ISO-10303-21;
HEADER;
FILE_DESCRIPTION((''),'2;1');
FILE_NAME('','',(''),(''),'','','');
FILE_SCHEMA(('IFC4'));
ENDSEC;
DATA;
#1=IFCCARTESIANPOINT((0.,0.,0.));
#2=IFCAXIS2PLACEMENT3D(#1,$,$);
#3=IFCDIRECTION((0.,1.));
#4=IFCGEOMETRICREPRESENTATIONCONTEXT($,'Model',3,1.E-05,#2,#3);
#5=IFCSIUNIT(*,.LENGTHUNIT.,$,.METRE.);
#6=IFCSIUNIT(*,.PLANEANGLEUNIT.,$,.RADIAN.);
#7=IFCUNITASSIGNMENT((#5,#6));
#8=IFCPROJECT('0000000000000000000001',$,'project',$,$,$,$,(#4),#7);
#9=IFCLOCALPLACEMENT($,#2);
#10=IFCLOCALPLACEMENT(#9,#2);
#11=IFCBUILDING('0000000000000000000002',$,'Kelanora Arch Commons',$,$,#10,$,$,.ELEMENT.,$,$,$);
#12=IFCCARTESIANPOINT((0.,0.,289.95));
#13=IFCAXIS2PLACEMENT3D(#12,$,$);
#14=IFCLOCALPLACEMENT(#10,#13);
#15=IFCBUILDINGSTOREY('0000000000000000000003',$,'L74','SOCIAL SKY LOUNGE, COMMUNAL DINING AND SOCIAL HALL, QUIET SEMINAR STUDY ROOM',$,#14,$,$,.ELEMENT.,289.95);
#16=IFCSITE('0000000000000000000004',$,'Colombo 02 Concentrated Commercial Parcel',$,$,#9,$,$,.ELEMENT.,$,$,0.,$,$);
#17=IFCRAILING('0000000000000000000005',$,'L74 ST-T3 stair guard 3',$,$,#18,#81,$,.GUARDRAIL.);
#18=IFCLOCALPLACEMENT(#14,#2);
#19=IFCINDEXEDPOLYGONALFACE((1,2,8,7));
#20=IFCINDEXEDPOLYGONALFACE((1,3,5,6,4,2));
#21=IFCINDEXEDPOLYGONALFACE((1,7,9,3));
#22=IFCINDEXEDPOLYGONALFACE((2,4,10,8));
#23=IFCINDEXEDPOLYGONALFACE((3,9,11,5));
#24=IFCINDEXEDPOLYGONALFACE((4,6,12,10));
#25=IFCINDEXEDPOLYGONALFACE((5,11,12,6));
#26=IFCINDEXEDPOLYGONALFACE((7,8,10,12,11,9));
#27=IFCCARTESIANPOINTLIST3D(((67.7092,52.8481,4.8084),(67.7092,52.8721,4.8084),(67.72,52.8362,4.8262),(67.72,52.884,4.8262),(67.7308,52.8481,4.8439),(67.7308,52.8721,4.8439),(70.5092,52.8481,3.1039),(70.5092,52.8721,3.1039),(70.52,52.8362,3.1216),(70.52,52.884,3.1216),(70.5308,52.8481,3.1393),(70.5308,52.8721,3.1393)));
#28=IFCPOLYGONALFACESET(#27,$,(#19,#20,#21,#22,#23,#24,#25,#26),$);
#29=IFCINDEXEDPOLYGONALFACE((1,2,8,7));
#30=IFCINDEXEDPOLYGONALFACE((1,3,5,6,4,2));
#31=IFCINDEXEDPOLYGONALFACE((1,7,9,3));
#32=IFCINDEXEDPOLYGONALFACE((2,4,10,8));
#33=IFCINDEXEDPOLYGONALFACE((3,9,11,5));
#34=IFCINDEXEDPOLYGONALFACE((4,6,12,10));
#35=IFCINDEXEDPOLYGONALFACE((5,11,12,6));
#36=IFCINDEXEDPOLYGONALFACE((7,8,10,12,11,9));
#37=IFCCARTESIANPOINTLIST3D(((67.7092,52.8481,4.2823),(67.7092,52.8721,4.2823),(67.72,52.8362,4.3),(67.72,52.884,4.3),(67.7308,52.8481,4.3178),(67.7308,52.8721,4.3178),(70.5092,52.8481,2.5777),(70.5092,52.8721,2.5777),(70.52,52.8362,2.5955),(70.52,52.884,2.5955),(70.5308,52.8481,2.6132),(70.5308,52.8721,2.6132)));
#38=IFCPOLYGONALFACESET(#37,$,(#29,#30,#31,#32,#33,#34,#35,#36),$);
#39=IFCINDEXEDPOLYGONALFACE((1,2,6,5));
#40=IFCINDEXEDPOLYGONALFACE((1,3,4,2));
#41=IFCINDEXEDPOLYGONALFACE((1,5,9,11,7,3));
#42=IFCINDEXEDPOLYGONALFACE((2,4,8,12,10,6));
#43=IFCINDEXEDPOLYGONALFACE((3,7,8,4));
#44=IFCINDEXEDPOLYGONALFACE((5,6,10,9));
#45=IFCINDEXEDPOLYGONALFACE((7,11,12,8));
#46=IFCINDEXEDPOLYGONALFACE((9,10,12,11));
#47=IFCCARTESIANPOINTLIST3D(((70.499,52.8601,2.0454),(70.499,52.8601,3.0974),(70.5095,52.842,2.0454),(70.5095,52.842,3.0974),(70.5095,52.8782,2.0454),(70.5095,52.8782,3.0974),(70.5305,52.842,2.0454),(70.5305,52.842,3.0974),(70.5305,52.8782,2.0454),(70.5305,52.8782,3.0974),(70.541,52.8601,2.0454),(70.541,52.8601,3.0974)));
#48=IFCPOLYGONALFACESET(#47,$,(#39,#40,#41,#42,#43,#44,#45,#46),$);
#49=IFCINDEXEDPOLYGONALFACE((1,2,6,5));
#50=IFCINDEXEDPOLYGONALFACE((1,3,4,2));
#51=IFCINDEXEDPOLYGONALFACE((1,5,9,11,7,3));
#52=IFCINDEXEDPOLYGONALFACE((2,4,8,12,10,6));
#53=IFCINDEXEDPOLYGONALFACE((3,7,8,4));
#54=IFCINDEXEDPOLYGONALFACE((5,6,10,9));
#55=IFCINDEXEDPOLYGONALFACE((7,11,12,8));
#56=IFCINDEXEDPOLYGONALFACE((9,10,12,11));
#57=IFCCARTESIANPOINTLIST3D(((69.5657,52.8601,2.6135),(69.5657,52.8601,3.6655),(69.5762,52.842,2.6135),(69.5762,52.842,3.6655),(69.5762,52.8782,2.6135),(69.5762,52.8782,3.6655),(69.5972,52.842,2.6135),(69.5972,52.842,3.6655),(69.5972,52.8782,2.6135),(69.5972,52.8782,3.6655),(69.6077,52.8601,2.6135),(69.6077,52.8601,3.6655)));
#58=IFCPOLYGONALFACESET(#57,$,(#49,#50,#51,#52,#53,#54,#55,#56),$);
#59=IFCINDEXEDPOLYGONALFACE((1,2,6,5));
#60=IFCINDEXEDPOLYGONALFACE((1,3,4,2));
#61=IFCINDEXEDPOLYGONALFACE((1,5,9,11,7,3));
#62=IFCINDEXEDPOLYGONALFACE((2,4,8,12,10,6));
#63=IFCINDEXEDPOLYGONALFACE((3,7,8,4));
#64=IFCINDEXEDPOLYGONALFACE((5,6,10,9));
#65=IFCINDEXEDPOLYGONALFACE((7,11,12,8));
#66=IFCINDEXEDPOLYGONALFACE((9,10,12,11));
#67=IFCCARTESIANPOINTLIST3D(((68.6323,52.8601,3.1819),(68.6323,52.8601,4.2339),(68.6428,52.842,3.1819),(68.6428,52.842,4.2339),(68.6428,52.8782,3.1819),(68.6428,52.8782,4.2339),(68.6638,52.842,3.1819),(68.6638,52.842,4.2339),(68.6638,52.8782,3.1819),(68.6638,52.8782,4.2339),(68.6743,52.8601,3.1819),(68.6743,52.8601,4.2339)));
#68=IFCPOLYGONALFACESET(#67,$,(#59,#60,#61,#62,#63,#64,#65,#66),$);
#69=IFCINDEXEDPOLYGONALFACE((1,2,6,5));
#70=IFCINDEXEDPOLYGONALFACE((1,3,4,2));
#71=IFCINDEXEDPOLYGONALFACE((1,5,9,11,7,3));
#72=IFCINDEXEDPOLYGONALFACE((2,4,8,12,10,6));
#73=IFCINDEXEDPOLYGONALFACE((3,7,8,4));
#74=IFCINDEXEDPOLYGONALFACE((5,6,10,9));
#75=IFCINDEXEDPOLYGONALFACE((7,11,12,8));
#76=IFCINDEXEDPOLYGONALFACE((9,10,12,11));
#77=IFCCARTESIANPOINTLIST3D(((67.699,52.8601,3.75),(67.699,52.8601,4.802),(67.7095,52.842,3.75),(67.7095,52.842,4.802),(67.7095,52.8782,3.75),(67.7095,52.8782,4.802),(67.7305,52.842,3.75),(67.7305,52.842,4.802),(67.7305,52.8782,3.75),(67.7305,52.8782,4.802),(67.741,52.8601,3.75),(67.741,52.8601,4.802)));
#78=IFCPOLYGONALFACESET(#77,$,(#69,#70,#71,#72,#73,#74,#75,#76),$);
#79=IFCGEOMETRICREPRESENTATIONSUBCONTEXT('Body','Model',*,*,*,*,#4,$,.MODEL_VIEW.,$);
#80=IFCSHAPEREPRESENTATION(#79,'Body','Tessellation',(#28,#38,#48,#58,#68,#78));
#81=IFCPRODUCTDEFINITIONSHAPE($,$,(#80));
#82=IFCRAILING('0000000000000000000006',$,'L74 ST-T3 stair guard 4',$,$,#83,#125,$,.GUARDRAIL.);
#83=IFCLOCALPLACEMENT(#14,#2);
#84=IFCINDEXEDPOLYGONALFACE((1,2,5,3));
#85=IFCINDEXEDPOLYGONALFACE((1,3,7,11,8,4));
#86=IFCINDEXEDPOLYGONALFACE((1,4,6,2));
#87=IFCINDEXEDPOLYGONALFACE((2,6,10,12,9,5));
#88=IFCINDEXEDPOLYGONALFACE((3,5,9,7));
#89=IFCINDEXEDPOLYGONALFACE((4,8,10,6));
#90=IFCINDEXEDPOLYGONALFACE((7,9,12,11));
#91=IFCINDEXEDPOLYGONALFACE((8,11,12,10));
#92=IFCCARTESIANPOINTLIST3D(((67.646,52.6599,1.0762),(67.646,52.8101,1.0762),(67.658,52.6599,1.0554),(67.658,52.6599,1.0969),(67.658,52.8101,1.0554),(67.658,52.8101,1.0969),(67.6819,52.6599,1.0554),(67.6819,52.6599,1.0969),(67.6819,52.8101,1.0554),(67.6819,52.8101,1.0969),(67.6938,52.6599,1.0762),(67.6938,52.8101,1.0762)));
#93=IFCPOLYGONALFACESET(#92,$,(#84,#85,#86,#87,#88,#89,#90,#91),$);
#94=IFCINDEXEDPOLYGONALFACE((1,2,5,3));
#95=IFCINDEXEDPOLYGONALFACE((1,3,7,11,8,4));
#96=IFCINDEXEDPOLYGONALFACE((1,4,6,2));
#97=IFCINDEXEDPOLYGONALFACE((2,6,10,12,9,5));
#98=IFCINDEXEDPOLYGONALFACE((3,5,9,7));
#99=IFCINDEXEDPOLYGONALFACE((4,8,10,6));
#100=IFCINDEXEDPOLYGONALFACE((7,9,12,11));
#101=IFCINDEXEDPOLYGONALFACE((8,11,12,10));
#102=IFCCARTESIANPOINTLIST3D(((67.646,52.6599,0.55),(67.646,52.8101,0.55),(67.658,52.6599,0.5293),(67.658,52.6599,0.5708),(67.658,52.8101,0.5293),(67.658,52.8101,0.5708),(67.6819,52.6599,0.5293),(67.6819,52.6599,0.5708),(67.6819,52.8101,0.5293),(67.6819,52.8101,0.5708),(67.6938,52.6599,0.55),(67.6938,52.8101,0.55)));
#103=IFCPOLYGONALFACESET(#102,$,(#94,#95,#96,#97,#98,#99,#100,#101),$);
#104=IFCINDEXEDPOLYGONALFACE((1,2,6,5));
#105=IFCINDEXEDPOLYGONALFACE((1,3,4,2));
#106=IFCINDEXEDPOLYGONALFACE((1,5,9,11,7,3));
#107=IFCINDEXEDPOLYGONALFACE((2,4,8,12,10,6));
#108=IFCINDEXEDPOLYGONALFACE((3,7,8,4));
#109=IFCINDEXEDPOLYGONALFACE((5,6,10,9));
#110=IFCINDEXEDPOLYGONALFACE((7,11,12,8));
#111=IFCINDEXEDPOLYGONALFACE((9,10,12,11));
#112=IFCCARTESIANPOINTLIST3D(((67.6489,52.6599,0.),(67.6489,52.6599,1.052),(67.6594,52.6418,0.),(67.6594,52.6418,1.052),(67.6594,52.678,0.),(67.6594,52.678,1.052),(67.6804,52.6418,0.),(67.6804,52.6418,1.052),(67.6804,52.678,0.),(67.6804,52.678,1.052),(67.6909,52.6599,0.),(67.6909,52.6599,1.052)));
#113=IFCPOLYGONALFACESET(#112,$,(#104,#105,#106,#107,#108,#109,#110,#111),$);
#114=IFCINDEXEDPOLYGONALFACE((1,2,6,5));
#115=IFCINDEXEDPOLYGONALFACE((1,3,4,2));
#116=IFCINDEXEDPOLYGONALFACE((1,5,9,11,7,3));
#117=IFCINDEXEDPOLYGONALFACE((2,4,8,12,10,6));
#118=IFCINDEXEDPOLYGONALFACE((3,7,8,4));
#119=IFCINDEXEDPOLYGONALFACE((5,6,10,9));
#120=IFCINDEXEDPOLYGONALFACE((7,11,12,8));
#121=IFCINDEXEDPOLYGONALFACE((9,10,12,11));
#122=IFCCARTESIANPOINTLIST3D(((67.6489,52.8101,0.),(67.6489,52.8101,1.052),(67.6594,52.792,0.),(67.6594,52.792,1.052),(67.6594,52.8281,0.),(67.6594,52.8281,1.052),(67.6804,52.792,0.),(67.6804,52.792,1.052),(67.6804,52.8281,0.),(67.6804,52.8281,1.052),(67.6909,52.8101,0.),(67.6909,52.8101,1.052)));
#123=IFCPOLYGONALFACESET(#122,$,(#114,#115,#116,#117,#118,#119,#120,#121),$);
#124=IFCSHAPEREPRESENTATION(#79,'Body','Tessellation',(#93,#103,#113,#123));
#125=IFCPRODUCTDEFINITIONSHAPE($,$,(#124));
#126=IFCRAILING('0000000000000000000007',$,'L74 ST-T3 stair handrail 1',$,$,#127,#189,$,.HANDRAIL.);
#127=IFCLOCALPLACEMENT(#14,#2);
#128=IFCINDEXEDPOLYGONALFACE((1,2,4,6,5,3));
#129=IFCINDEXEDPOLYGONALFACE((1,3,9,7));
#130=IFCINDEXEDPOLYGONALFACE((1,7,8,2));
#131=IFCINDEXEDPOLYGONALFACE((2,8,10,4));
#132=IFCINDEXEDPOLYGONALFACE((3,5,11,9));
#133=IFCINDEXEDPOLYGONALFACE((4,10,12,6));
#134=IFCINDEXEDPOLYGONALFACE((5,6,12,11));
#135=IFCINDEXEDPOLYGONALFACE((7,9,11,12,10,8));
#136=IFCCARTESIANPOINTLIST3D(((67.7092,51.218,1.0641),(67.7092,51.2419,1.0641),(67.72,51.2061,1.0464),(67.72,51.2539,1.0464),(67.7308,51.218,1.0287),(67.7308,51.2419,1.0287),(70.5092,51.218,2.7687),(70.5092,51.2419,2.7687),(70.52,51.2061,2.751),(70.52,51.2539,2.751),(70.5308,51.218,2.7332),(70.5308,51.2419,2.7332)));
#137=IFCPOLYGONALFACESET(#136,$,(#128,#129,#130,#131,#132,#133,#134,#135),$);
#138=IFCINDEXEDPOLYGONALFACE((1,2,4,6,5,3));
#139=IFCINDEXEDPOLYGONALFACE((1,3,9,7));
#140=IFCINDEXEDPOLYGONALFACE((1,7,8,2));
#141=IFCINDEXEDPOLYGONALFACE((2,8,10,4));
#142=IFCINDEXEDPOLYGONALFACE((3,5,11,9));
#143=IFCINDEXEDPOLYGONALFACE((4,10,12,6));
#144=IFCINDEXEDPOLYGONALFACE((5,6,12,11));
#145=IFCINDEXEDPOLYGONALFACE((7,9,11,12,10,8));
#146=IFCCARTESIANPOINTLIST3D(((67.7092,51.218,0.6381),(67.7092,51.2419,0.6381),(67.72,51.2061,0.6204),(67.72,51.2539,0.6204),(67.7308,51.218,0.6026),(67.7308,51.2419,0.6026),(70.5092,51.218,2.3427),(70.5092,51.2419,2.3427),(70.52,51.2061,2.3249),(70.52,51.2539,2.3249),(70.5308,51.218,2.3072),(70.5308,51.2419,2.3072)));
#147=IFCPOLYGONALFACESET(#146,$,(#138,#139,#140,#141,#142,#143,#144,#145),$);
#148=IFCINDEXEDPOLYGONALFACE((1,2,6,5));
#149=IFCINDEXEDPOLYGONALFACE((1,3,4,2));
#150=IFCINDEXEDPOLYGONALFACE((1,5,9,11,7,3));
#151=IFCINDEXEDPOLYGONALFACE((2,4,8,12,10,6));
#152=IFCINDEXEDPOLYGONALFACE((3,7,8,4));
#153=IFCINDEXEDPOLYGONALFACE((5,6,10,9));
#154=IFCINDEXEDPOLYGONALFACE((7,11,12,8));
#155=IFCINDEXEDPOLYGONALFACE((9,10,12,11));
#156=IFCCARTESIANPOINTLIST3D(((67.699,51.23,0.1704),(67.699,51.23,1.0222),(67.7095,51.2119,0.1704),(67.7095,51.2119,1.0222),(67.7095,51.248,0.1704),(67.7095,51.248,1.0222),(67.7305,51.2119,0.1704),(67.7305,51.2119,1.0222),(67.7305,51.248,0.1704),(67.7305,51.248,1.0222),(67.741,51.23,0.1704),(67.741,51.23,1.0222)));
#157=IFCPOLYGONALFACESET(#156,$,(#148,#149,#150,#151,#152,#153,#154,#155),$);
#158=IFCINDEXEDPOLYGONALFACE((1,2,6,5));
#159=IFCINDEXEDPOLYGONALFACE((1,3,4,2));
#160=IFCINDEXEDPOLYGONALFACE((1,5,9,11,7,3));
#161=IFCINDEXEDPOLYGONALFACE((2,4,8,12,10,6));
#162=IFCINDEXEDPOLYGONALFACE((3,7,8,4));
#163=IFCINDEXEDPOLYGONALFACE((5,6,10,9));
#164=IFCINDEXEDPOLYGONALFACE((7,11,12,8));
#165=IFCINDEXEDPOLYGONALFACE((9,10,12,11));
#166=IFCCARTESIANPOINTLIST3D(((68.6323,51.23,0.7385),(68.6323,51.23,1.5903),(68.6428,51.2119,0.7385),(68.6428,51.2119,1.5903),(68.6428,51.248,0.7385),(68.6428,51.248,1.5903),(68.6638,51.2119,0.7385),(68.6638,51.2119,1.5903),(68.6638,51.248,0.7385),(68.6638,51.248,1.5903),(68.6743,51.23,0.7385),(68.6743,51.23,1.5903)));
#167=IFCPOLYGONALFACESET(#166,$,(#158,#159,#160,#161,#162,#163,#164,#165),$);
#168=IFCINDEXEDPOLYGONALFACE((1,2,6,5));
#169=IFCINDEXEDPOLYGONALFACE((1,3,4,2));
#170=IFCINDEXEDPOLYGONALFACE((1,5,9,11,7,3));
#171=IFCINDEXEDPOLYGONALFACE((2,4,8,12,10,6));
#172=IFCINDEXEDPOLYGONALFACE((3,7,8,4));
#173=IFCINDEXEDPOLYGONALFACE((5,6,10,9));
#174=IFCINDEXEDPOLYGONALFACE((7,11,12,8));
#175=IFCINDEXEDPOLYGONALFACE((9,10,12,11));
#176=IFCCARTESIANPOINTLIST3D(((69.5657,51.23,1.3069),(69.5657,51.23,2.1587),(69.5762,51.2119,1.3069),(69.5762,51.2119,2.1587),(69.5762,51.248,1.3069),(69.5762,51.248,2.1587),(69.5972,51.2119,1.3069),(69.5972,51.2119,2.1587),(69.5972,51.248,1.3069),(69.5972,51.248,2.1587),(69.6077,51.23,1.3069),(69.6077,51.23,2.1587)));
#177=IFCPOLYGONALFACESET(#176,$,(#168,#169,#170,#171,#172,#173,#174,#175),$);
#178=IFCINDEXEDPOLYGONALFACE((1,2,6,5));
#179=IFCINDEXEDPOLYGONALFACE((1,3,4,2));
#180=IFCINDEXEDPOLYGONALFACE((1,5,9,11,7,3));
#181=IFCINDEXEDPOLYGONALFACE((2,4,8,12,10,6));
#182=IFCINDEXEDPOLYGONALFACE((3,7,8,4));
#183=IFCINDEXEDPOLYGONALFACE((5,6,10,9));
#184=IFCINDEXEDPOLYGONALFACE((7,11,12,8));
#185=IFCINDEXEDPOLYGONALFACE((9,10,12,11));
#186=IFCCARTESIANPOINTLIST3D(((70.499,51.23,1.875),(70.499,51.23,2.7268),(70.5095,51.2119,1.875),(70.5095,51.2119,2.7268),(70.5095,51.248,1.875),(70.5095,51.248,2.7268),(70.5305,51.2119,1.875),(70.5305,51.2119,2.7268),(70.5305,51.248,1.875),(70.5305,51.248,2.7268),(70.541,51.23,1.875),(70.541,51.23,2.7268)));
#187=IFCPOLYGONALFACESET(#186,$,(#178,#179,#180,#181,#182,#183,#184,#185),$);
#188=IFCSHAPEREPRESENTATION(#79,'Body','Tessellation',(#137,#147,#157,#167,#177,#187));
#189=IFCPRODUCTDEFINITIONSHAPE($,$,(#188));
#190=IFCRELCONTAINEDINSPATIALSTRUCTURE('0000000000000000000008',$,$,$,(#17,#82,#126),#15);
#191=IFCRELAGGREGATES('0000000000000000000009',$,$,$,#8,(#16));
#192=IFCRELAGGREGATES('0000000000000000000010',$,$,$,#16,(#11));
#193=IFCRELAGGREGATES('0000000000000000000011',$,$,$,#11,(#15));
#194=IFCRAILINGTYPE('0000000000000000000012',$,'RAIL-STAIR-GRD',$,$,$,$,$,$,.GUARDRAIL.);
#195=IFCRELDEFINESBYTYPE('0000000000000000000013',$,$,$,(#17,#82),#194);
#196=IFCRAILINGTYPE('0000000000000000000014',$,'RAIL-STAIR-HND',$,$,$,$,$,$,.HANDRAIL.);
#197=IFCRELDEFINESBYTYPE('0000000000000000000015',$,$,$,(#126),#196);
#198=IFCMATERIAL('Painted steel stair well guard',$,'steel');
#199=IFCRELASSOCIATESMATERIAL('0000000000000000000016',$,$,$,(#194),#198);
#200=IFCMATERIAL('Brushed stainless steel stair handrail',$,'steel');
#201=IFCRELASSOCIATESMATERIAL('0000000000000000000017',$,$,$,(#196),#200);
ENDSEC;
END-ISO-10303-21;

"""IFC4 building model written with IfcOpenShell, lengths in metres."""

from ifc_helpers import new_model, si_unit, direction, frame, origin, place, context, subcontext, project, spatial, polyline, outline, extrude, material, type_object, element, save


model = new_model("IFC4")

# Units and contexts
model_context = context("Model", 3, precision=1e-05, world=origin(), true_north=direction((0.0, 1.0)))
body_context = subcontext(model_context, "Body", "Model", "MODEL_VIEW")
ifc_project = project(units=[si_unit("LENGTHUNIT", "METRE"), si_unit("PLANEANGLEUNIT", "RADIAN")], contexts=[model_context])

# Site, building, storey
site_placement = place(None, origin())
site = spatial("IfcSite", under=ifc_project, at=site_placement, Name="Colombo 02 Concentrated Commercial Parcel", CompositionType="ELEMENT", RefElevation=0.0)
building_placement = place(site_placement, origin())
building = spatial("IfcBuilding", under=site, at=building_placement, Name="Kelanora Arch Commons", CompositionType="ELEMENT")
storey_placement = place(building_placement, frame((0.0, 0.0, 289.95)))
storey = spatial("IfcBuildingStorey", under=building, at=storey_placement, Name="L74", Description="SOCIAL SKY LOUNGE, COMMUNAL DINING AND SOCIAL HALL, QUIET SEMINAR STUDY ROOM", CompositionType="ELEMENT", Elevation=289.95)

# Railings
ifc_material_1 = material(Name="Painted steel stair well guard", Category="steel")
railing_type_1 = type_object("IfcRailingType", Name="RAIL-STAIR-GRD", PredefinedType="GUARDRAIL", material=ifc_material_1)
railing_1_placement = place(storey_placement, frame((70.52, 52.8601, 2.0454)))
element("IfcRailing", 1, at=railing_1_placement, inside=storey, type_object=railing_type_1, Name="L74 ST-T3 stair guard 3", PredefinedType="GUARDRAIL", context=body_context, shape_type="SweptSolid", body=[
    extrude(outline(polyline([(0.0239, 0.0), (0.012, 0.0208), (-0.012, 0.0208), (-0.0239, 0.0), (-0.012, -0.0208), (0.012, -0.0208), (0.0239, 0.0)])), frame((0.0, 0.0, 1.0762), z_axis=(-0.85417, 0.0, 0.519994), x_axis=(0.0, -1.0, 0.0)), (0.0, 0.0, 1.0), 3.2781),
    extrude(outline(polyline([(0.0239, 0.0), (0.012, 0.0208), (-0.012, 0.0208), (-0.0239, 0.0), (-0.012, -0.0208), (0.012, -0.0208), (0.0239, 0.0)])), frame((0.0, 0.0, 0.55), z_axis=(-0.85417, 0.0, 0.519994), x_axis=(0.0, -1.0, 0.0)), (0.0, 0.0, 1.0), 3.2781),
    extrude(outline(polyline([(0.021, 0.0), (0.0105, 0.0181), (-0.0105, 0.0181), (-0.021, 0.0), (-0.0105, -0.0181), (0.0105, -0.0181), (0.021, 0.0)])), origin(), (0.0, 0.0, 1.0), 1.052),
    extrude(outline(polyline([(0.021, 0.0), (0.0105, 0.0181), (-0.0105, 0.0181), (-0.021, 0.0), (-0.0105, -0.0181), (0.0105, -0.0181), (0.021, 0.0)])), frame((-0.9333, 0.0, 0.5681)), (0.0, 0.0, 1.0), 1.052),
    extrude(outline(polyline([(0.021, 0.0), (0.0105, 0.0181), (-0.0105, 0.0181), (-0.021, 0.0), (-0.0105, -0.0181), (0.0105, -0.0181), (0.021, 0.0)])), frame((-1.8667, 0.0, 1.1365)), (0.0, 0.0, 1.0), 1.052),
    extrude(outline(polyline([(0.021, 0.0), (0.0105, 0.0181), (-0.0105, 0.0181), (-0.021, 0.0), (-0.0105, -0.0181), (0.0105, -0.0181), (0.021, 0.0)])), frame((-2.8, 0.0, 1.7046)), (0.0, 0.0, 1.0), 1.052),
])
railing_2_placement = place(storey_placement, frame((67.6699, 52.6599, 0.0)))
element("IfcRailing", 2, at=railing_2_placement, inside=storey, type_object=railing_type_1, Name="L74 ST-T3 stair guard 4", PredefinedType="GUARDRAIL", context=body_context, shape_type="SweptSolid", body=[
    extrude(outline(polyline([(0.0239, 0.0), (0.012, 0.0208), (-0.012, 0.0208), (-0.0239, 0.0), (-0.012, -0.0208), (0.012, -0.0208), (0.0239, 0.0)])), frame((0.0, 0.0, 1.0762), z_axis=(0.0, 1.0, 0.0), x_axis=(-1.0, 0.0, 0.0)), (0.0, 0.0, 1.0), 0.1501),
    extrude(outline(polyline([(0.0239, 0.0), (0.012, 0.0208), (-0.012, 0.0208), (-0.0239, 0.0), (-0.012, -0.0208), (0.012, -0.0208), (0.0239, 0.0)])), frame((0.0, 0.0, 0.55), z_axis=(0.0, 1.0, 0.0), x_axis=(-1.0, 0.0, 0.0)), (0.0, 0.0, 1.0), 0.1501),
    extrude(outline(polyline([(0.021, 0.0), (0.0105, 0.0181), (-0.0105, 0.0181), (-0.021, 0.0), (-0.0105, -0.0181), (0.0105, -0.0181), (0.021, 0.0)])), origin(), (0.0, 0.0, 1.0), 1.052),
    extrude(outline(polyline([(0.021, 0.0), (0.0105, 0.0181), (-0.0105, 0.0181), (-0.021, 0.0), (-0.0105, -0.0181), (0.0105, -0.0181), (0.021, 0.0)])), frame((0.0, 0.1501, 0.0)), (0.0, 0.0, 1.0), 1.052),
])
ifc_material_2 = material(Name="Brushed stainless steel stair handrail", Category="steel")
railing_type_2 = type_object("IfcRailingType", Name="RAIL-STAIR-HND", PredefinedType="HANDRAIL", material=ifc_material_2)
railing_3_placement = place(storey_placement, frame((67.72, 51.23, 0.1704)))
element("IfcRailing", 3, at=railing_3_placement, inside=storey, type_object=railing_type_2, Name="L74 ST-T3 stair handrail 1", PredefinedType="HANDRAIL", context=body_context, shape_type="SweptSolid", body=[
    extrude(outline(polyline([(0.0239, 0.0), (0.012, 0.0208), (-0.012, 0.0208), (-0.0239, 0.0), (-0.012, -0.0208), (0.012, -0.0208), (0.0239, 0.0)])), frame((0.0, 0.0, 0.876), z_axis=(0.85417, 0.0, 0.519994), x_axis=(0.0, 1.0, 0.0)), (0.0, 0.0, 1.0), 3.2781),
    extrude(outline(polyline([(0.0239, 0.0), (0.012, 0.0208), (-0.012, 0.0208), (-0.0239, 0.0), (-0.012, -0.0208), (0.012, -0.0208), (0.0239, 0.0)])), frame((0.0, 0.0, 0.45), z_axis=(0.85417, 0.0, 0.519994), x_axis=(0.0, 1.0, 0.0)), (0.0, 0.0, 1.0), 3.2781),
    extrude(outline(polyline([(0.021, 0.0), (0.0105, 0.0181), (-0.0105, 0.0181), (-0.021, 0.0), (-0.0105, -0.0181), (0.0105, -0.0181), (0.021, 0.0)])), origin(), (0.0, 0.0, 1.0), 0.8518),
    extrude(outline(polyline([(0.021, 0.0), (0.0105, 0.0181), (-0.0105, 0.0181), (-0.021, 0.0), (-0.0105, -0.0181), (0.0105, -0.0181), (0.021, 0.0)])), frame((0.9333, 0.0, 0.5681)), (0.0, 0.0, 1.0), 0.8518),
    extrude(outline(polyline([(0.021, 0.0), (0.0105, 0.0181), (-0.0105, 0.0181), (-0.021, 0.0), (-0.0105, -0.0181), (0.0105, -0.0181), (0.021, 0.0)])), frame((1.8667, 0.0, 1.1365)), (0.0, 0.0, 1.0), 0.8518),
    extrude(outline(polyline([(0.021, 0.0), (0.0105, 0.0181), (-0.0105, 0.0181), (-0.021, 0.0), (-0.0105, -0.0181), (0.0105, -0.0181), (0.021, 0.0)])), frame((2.8, 0.0, 1.7046)), (0.0, 0.0, 1.0), 0.8518),
])

save(model, "model.ifc")
